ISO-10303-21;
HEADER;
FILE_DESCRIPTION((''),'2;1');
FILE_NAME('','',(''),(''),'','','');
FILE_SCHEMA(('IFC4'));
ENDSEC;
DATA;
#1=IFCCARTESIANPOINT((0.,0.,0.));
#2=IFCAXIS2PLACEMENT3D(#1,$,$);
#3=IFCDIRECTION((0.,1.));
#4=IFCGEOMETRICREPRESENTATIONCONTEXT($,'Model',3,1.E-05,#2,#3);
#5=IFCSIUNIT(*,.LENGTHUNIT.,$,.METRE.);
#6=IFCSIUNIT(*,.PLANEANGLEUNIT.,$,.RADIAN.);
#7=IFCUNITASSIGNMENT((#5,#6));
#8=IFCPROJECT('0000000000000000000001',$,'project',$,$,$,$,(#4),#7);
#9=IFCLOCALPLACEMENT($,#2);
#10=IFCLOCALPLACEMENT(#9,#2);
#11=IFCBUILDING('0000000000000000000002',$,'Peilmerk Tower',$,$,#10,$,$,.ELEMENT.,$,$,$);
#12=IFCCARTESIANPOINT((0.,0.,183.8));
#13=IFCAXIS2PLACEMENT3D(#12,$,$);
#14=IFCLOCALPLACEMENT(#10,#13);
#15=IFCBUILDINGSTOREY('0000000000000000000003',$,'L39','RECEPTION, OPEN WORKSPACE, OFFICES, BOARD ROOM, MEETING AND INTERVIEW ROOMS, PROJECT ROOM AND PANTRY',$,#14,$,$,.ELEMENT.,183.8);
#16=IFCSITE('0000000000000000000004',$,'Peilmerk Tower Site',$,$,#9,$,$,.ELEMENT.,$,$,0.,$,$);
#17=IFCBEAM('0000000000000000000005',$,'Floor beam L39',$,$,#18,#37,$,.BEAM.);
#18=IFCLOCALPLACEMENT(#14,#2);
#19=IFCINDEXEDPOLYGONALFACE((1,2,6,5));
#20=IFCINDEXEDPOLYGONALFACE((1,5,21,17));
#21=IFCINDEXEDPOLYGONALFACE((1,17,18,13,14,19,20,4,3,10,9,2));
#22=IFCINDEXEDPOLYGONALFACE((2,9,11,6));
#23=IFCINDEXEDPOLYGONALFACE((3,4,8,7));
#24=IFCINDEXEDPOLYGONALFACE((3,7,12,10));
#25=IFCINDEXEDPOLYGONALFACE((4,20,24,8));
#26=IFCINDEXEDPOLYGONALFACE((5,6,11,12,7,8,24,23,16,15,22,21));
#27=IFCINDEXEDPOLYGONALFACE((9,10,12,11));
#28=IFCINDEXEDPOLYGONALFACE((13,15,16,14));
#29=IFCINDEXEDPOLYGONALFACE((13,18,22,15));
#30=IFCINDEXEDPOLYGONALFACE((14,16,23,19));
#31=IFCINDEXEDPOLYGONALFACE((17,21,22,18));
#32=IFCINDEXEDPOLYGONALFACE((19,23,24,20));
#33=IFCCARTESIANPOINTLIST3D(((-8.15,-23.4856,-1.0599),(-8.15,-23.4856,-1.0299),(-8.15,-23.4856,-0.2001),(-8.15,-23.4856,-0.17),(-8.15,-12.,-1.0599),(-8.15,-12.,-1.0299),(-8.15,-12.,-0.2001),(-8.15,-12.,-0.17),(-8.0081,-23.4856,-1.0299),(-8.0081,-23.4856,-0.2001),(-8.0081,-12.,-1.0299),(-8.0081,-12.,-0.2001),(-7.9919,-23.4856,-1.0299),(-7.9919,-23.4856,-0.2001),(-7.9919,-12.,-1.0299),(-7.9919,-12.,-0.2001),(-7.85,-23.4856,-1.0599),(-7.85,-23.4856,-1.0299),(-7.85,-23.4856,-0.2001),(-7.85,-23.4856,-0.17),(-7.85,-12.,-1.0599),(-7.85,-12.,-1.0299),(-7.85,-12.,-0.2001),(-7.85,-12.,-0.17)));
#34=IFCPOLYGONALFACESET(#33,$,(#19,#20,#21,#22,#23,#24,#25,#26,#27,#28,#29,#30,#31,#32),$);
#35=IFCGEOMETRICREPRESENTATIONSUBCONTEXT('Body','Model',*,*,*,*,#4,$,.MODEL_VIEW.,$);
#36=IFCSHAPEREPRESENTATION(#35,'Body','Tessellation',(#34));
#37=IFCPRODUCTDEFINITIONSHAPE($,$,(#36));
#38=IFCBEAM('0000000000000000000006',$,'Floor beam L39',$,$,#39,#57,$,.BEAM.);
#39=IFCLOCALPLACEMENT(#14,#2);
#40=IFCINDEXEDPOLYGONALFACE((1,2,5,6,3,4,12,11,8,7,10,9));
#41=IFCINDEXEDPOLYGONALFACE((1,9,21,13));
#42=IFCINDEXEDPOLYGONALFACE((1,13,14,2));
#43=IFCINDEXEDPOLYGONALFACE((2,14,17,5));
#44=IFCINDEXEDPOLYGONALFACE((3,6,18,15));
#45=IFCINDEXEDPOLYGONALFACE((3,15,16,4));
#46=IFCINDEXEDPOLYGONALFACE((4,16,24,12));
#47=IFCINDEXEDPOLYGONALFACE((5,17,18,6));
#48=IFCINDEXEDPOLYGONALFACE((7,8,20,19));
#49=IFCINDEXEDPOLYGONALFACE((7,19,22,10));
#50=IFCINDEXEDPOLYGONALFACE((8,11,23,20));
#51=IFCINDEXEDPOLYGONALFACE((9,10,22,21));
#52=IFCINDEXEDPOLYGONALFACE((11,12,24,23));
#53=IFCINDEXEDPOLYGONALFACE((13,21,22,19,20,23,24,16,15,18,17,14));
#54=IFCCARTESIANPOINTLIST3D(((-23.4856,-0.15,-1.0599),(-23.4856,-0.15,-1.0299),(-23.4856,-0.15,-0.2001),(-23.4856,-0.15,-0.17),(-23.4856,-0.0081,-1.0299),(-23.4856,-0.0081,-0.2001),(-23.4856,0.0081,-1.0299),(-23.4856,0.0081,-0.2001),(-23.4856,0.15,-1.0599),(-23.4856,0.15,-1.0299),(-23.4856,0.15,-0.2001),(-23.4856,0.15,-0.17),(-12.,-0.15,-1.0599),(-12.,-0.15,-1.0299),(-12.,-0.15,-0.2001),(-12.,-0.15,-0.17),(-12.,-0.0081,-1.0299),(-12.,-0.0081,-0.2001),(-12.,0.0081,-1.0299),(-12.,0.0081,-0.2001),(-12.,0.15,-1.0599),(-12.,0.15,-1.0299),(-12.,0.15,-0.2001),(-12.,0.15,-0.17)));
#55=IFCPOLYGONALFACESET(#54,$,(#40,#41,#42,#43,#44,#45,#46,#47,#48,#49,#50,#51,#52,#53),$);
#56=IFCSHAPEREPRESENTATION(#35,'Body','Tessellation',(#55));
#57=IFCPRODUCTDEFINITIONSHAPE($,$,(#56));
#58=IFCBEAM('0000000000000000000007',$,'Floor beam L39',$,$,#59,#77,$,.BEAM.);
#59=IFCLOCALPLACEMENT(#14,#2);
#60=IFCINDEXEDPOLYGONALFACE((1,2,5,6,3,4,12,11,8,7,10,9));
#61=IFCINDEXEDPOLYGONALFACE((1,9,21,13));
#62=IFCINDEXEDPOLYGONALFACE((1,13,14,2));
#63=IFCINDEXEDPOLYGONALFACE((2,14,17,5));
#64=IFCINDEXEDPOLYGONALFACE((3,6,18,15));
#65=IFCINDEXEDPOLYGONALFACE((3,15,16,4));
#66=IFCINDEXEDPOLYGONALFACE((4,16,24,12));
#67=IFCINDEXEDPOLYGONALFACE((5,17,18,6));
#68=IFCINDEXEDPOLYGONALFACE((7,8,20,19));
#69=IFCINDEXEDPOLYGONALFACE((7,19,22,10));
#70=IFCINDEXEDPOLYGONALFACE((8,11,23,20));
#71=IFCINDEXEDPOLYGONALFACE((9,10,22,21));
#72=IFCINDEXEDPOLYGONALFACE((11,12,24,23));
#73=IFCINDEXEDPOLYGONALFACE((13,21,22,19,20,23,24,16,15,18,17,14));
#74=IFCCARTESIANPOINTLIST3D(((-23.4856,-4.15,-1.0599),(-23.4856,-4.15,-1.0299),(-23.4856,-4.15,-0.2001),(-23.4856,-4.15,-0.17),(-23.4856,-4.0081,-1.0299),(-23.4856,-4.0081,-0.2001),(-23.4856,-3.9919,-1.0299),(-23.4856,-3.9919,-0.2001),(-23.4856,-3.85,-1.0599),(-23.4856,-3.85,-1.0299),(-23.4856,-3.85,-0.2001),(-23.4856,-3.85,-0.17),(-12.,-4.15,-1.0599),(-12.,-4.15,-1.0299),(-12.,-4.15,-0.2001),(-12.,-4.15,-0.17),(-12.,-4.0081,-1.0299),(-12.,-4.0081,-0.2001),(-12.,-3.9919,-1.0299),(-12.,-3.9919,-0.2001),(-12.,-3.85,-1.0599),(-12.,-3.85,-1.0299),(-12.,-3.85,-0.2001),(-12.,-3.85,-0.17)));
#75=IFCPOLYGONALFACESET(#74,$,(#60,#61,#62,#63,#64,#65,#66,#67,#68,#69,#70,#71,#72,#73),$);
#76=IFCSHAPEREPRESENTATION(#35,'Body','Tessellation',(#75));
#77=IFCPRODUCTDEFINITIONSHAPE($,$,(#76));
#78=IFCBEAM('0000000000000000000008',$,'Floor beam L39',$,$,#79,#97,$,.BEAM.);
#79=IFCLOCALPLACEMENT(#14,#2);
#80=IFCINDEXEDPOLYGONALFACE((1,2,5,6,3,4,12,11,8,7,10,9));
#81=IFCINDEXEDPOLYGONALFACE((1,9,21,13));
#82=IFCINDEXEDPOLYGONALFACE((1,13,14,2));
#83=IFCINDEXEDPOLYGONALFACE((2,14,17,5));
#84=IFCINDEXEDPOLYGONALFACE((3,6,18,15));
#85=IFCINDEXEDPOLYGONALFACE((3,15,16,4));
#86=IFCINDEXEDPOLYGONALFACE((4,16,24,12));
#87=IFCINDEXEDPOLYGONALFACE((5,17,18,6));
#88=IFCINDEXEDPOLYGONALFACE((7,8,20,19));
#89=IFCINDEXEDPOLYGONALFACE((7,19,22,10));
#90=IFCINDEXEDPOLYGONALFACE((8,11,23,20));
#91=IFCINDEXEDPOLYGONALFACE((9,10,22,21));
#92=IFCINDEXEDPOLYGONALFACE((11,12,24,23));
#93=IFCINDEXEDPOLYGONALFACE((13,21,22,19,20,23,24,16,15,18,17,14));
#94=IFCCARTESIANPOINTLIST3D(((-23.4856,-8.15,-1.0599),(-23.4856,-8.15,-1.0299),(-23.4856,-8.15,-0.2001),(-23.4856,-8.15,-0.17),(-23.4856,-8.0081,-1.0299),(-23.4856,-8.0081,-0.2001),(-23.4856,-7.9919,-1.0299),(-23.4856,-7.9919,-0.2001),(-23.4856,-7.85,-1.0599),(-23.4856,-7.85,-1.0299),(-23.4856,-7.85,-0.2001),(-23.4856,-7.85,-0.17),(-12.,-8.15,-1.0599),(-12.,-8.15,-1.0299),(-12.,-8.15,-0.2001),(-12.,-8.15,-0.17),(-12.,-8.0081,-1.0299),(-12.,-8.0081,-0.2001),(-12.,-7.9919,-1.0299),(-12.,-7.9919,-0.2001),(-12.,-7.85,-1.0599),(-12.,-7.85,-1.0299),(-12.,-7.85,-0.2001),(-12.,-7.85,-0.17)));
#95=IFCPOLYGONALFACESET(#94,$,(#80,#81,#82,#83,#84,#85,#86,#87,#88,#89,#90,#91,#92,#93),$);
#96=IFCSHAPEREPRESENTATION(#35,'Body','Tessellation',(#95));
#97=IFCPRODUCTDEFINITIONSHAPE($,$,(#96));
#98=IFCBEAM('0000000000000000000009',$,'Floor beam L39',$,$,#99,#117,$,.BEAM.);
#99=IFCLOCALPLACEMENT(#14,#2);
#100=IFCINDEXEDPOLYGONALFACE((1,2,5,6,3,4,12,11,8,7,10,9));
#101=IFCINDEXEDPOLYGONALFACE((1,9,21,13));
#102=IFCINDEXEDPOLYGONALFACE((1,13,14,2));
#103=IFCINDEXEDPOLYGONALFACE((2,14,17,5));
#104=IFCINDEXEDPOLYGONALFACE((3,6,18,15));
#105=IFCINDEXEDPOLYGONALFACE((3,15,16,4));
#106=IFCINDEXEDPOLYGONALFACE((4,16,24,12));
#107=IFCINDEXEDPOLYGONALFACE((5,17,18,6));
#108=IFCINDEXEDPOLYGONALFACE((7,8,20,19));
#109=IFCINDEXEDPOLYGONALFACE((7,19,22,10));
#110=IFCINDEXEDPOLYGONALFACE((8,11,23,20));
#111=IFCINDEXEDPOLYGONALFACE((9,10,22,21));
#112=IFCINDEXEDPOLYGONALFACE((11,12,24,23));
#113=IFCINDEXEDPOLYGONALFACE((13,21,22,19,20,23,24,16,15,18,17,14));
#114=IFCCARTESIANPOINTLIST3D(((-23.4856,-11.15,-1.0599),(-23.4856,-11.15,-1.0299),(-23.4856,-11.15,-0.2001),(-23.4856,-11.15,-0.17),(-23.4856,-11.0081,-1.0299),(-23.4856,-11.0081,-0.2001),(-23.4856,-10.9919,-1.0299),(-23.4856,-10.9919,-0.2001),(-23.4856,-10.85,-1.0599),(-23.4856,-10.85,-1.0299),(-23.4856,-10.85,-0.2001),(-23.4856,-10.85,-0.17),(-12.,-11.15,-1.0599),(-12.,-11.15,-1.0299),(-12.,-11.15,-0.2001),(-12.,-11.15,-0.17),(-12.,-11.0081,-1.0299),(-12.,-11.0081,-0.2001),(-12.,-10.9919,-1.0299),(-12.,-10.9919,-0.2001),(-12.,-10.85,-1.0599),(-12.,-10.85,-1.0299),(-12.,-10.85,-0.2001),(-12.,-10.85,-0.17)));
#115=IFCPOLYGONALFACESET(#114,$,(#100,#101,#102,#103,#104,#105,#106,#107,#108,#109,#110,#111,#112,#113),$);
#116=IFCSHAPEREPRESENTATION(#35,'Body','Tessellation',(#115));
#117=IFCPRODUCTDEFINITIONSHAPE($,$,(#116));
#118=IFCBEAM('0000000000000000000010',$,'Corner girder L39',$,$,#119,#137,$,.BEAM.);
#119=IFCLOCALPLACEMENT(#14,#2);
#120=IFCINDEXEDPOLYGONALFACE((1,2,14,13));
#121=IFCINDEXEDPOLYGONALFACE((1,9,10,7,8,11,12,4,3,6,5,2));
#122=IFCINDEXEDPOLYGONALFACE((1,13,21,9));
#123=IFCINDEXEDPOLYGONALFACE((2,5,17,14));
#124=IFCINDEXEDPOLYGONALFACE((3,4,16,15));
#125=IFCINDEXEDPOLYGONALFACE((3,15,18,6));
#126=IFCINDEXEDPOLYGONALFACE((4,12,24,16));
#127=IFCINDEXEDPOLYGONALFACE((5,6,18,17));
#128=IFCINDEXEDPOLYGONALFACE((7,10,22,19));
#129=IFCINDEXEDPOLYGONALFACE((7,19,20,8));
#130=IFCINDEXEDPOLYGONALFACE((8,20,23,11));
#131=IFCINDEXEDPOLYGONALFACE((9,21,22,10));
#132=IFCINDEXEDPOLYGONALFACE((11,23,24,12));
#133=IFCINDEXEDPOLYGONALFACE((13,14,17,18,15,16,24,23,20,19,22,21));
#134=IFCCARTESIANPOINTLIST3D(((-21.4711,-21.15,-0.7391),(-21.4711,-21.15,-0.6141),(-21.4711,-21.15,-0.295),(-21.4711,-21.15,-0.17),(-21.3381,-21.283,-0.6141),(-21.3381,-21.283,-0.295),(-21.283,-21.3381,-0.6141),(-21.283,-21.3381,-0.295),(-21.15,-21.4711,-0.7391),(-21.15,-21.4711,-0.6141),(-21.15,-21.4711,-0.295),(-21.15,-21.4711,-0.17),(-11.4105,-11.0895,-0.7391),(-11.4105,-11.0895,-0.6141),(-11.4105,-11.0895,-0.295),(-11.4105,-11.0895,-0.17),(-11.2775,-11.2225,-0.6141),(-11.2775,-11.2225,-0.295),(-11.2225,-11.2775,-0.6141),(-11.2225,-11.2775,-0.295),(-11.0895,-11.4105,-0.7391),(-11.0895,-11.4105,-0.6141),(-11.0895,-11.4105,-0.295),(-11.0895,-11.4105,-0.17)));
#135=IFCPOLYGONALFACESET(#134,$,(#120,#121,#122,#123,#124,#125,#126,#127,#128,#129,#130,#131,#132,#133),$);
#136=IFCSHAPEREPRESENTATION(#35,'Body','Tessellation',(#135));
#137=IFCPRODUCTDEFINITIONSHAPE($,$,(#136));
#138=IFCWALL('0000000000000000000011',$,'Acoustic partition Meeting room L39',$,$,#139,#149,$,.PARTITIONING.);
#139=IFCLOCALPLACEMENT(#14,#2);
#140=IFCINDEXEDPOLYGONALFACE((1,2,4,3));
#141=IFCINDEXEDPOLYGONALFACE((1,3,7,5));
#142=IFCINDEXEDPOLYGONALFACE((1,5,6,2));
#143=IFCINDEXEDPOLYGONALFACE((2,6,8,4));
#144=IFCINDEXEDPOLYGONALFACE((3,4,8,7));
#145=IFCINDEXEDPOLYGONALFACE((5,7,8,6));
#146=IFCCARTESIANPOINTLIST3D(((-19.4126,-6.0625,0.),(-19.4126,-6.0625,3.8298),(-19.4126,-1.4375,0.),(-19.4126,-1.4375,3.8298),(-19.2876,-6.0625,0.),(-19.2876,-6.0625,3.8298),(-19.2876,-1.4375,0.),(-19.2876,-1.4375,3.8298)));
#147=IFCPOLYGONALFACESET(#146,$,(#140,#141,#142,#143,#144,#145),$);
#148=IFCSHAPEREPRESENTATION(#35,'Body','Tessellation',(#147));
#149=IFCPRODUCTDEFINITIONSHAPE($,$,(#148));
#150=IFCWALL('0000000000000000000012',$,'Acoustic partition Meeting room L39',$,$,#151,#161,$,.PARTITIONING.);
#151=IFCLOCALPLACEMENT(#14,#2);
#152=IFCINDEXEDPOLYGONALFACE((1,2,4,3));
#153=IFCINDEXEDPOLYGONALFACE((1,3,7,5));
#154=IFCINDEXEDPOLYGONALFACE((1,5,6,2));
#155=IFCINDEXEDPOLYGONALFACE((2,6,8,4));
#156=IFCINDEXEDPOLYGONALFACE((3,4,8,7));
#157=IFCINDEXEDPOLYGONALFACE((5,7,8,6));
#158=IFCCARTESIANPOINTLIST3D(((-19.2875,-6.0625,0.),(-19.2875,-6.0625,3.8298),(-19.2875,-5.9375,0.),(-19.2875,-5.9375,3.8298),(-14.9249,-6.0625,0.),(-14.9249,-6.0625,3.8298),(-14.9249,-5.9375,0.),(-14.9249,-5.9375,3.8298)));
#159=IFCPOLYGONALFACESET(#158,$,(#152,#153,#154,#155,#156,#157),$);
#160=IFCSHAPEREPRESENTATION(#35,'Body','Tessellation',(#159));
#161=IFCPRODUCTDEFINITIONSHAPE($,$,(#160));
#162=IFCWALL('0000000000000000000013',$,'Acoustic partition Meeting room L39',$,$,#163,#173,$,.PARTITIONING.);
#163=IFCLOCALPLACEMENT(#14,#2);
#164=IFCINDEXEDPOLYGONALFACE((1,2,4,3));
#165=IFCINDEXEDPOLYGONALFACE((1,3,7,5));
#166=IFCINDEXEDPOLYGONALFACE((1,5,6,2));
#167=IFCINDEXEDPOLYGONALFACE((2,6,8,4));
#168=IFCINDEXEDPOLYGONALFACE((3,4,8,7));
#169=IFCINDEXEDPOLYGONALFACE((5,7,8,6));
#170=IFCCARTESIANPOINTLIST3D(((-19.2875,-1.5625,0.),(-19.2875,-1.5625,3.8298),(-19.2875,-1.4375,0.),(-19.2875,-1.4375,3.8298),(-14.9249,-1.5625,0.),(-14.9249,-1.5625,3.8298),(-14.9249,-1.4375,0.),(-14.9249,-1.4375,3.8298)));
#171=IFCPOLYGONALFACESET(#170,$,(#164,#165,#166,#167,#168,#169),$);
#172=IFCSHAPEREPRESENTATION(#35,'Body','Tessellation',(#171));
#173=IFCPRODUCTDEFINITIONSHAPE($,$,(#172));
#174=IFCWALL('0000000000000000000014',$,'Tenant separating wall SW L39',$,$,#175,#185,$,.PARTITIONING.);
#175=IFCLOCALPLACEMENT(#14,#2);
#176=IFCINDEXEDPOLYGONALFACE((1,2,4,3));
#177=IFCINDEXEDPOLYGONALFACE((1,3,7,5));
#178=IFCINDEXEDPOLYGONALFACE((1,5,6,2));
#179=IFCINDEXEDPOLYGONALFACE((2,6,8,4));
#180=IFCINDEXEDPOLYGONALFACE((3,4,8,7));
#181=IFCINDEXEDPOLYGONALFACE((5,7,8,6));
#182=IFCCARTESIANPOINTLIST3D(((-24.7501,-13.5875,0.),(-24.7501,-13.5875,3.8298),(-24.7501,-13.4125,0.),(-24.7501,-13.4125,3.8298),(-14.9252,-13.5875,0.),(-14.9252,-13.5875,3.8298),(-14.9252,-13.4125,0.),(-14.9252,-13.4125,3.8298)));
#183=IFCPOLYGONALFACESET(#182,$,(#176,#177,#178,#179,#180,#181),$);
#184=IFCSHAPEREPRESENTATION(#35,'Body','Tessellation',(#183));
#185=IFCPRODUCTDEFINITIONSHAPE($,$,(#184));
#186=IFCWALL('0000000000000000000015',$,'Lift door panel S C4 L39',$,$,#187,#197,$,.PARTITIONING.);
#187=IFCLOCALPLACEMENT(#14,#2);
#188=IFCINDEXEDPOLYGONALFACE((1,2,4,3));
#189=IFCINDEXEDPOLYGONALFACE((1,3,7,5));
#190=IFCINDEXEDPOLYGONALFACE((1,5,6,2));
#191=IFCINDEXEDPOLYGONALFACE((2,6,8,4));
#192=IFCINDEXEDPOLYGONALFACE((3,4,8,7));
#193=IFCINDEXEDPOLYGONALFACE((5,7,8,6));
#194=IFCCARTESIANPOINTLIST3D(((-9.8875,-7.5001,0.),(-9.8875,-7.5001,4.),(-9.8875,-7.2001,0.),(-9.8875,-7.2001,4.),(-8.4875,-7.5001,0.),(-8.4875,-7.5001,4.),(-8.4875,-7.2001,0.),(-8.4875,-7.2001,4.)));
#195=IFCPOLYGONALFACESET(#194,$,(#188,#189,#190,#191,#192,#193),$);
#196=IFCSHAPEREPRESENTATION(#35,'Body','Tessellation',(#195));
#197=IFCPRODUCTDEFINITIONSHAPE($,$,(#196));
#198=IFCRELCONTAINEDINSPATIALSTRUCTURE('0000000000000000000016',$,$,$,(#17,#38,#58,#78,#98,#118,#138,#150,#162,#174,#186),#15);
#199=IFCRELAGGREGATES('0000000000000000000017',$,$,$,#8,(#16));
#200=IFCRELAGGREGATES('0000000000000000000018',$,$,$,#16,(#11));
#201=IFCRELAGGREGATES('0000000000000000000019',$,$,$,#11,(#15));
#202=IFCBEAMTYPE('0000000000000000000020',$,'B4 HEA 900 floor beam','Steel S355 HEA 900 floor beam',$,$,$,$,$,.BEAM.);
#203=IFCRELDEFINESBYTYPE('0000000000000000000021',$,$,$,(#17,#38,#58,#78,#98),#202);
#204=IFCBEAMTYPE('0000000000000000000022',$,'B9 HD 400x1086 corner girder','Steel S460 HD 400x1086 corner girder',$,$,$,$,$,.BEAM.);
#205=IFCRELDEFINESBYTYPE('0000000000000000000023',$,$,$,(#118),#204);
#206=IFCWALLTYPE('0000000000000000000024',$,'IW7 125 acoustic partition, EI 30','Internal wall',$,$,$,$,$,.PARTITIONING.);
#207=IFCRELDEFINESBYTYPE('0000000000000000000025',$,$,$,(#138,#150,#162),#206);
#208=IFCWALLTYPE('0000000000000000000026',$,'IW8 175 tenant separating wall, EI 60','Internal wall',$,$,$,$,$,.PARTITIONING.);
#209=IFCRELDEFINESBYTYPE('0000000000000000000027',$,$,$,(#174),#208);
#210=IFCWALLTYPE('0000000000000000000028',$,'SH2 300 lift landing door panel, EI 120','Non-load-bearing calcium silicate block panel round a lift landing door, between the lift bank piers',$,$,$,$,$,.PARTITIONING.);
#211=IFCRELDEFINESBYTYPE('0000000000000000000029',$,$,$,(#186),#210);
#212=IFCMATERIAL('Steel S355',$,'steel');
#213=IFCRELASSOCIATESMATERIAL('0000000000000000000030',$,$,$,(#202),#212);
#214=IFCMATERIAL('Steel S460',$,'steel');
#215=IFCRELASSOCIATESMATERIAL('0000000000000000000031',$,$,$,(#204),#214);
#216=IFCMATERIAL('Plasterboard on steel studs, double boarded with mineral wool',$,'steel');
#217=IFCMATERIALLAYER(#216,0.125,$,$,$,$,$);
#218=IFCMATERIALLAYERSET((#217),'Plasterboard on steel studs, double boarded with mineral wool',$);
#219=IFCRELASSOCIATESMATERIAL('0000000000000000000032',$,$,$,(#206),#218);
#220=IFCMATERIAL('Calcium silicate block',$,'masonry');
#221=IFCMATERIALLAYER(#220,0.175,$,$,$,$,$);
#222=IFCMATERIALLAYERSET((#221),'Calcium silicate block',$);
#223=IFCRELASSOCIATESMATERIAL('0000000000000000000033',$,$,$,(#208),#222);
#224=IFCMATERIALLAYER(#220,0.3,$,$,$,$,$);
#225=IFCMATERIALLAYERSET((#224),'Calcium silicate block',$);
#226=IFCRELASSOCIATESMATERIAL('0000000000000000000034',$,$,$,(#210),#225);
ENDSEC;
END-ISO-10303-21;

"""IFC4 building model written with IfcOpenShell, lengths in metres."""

from ifc_helpers import new_model, si_unit, direction, frame, frame_2d, origin, origin_2d, place, context, subcontext, project, spatial, rectangle, i_section, extrude, material, layer, layer_set, material_profile, profile_set, type_object, element, save


model = new_model("IFC4")

# Units and contexts
model_context = context("Model", 3, precision=1e-05, world=origin(), true_north=direction((0.0, 1.0)))
body_context = subcontext(model_context, "Body", "Model", "MODEL_VIEW")
ifc_project = project(units=[si_unit("LENGTHUNIT", "METRE"), si_unit("PLANEANGLEUNIT", "RADIAN")], contexts=[model_context])

# Site, building, storey
site_placement = place(None, origin())
site = spatial("IfcSite", under=ifc_project, at=site_placement, Name="Peilmerk Tower Site", CompositionType="ELEMENT", RefElevation=0.0)
building_placement = place(site_placement, origin())
building = spatial("IfcBuilding", under=site, at=building_placement, Name="Peilmerk Tower", CompositionType="ELEMENT")
storey_placement = place(building_placement, frame((0.0, 0.0, 183.8)))
storey = spatial("IfcBuildingStorey", under=building, at=storey_placement, Name="L39", Description="RECEPTION, OPEN WORKSPACE, OFFICES, BOARD ROOM, MEETING AND INTERVIEW ROOMS, PROJECT ROOM AND PANTRY", CompositionType="ELEMENT", Elevation=183.8)

# Shared definitions
ifc_material_1 = material(Name="Steel S460", Category="steel")

# Beams
ifc_material_2 = material(Name="Steel S355", Category="steel")
ifc_material_profile_1 = material_profile(ifc_material_2, i_section(OverallWidth=0.3, OverallDepth=0.8899, WebThickness=0.0161, FlangeThickness=0.03, at=origin_2d()), Name="HEA 900")
ifc_profile_set_1 = profile_set([ifc_material_profile_1], Name="Steel S355")
beam_type_1 = type_object("IfcBeamType", Name="B4 HEA 900 floor beam", Description="Steel S355 HEA 900 floor beam", PredefinedType="BEAM", material=ifc_profile_set_1)
for number, where, z_axis, x_axis, name in (
    (1, (-8.0, -12.0, -0.615), (0.0, -1.0, 0.0), (1.0, 0.0, 0.0), "Floor beam L39"),
    (2, (-12.0, 0.0, -0.615), (-1.0, 0.0, 0.0), (0.0, -1.0, 0.0), "Floor beam L39"),
    (3, (-12.0, -4.0, -0.615), (-1.0, 0.0, 0.0), (0.0, -1.0, 0.0), "Floor beam L39"),
    (4, (-12.0, -8.0, -0.615), (-1.0, 0.0, 0.0), (0.0, -1.0, 0.0), "Floor beam L39"),
    (5, (-12.0, -11.0, -0.615), (-1.0, 0.0, 0.0), (0.0, -1.0, 0.0), "Floor beam L39"),
):
    element("IfcBeam", number, at=place(storey_placement, frame(where, z_axis=z_axis, x_axis=x_axis)), inside=storey, type_object=beam_type_1, Name=name, PredefinedType="BEAM", context=body_context, shape_type="SweptSolid", body=[
        extrude(i_section(OverallWidth=0.3, OverallDepth=0.8899, WebThickness=0.0161, FlangeThickness=0.03, at=origin_2d()), origin(), (0.0, 0.0, 1.0), 11.4856),
    ])
ifc_material_profile_2 = material_profile(ifc_material_1, i_section(OverallWidth=0.4541, OverallDepth=0.5691, WebThickness=0.0779, FlangeThickness=0.125, at=origin_2d()), Name="HD 400x1086")
ifc_profile_set_2 = profile_set([ifc_material_profile_2], Name="Steel S460")
beam_type_2 = type_object("IfcBeamType", Name="B9 HD 400x1086 corner girder", Description="Steel S460 HD 400x1086 corner girder", PredefinedType="BEAM", material=ifc_profile_set_2)
beam_1_placement = place(storey_placement, frame((-11.25, -11.25, -0.4546), z_axis=(-0.707107, -0.707107, 0.0), x_axis=(0.707107, -0.707107, 0.0)))
element("IfcBeam", 6, at=beam_1_placement, inside=storey, type_object=beam_type_2, Name="Corner girder L39", PredefinedType="BEAM", context=body_context, shape_type="SweptSolid", body=[
    extrude(i_section(OverallWidth=0.4541, OverallDepth=0.5691, WebThickness=0.0779, FlangeThickness=0.125, at=origin_2d()), origin(), (0.0, 0.0, 1.0), 14.2278),
])

# Walls
ifc_material_3 = material(Name="Plasterboard on steel studs, double boarded with mineral wool", Category="steel")
ifc_layer_1 = layer(ifc_material_3, 0.125)
ifc_layer_set_1 = layer_set([ifc_layer_1], Name="Plasterboard on steel studs, double boarded with mineral wool")
wall_type_1 = type_object("IfcWallType", Name="IW7 125 acoustic partition, EI 30", Description="Internal wall", PredefinedType="PARTITIONING", material=ifc_layer_set_1)
wall_1_placement = place(storey_placement, frame((-19.3501, -6.0625, 0.0), z_axis=(0.0, 0.0, 1.0), x_axis=(0.0, 1.0, 0.0)))
element("IfcWall", 7, at=wall_1_placement, inside=storey, type_object=wall_type_1, Name="Acoustic partition Meeting room L39", PredefinedType="PARTITIONING", context=body_context, shape_type="SweptSolid", body=[
    extrude(rectangle(XDim=4.625, YDim=0.125, at=frame_2d((2.3125, 0.0))), origin(), (0.0, 0.0, 1.0), 3.8298),
])
for number, where, z_axis, x_axis, name in (
    (8, (-14.925, -6.0, 0.0), (0.0, 0.0, 1.0), (-1.0, 0.0, 0.0), "Acoustic partition Meeting room L39"),
    (9, (-14.925, -1.5, 0.0), (0.0, 0.0, 1.0), (-1.0, 0.0, 0.0), "Acoustic partition Meeting room L39"),
):
    element("IfcWall", number, at=place(storey_placement, frame(where, z_axis=z_axis, x_axis=x_axis)), inside=storey, type_object=wall_type_1, Name=name, PredefinedType="PARTITIONING", context=body_context, shape_type="SweptSolid", body=[
        extrude(rectangle(XDim=4.3625, YDim=0.125, at=frame_2d((2.1812, 0.0))), origin(), (0.0, 0.0, 1.0), 3.8298),
    ])
ifc_material_4 = material(Name="Calcium silicate block", Category="masonry")
ifc_layer_2 = layer(ifc_material_4, 0.175)
ifc_layer_set_2 = layer_set([ifc_layer_2], Name="Calcium silicate block")
wall_type_2 = type_object("IfcWallType", Name="IW8 175 tenant separating wall, EI 60", Description="Internal wall", PredefinedType="PARTITIONING", material=ifc_layer_set_2)
wall_2_placement = place(storey_placement, frame((-14.925, -13.5, 0.0), z_axis=(0.0, 0.0, 1.0), x_axis=(-1.0, 0.0, 0.0)))
element("IfcWall", 10, at=wall_2_placement, inside=storey, type_object=wall_type_2, Name="Tenant separating wall SW L39", PredefinedType="PARTITIONING", context=body_context, shape_type="SweptSolid", body=[
    extrude(rectangle(XDim=9.825, YDim=0.175, at=frame_2d((4.9126, 0.0))), origin(), (0.0, 0.0, 1.0), 3.8298),
])
ifc_layer_3 = layer(ifc_material_4, 0.3)
ifc_layer_set_3 = layer_set([ifc_layer_3], Name="Calcium silicate block")
wall_type_3 = type_object("IfcWallType", Name="SH2 300 lift landing door panel, EI 120", Description="Non-load-bearing calcium silicate block panel round a lift landing door, between the lift bank piers", PredefinedType="PARTITIONING", material=ifc_layer_set_3)
wall_3_placement = place(storey_placement, frame((-9.8875, -7.3501, 0.0), z_axis=(0.0, 0.0, 1.0), x_axis=(1.0, 0.0, 0.0)))
element("IfcWall", 11, at=wall_3_placement, inside=storey, type_object=wall_type_3, Name="Lift door panel S C4 L39", PredefinedType="PARTITIONING", context=body_context, shape_type="SweptSolid", body=[
    extrude(rectangle(XDim=1.3999, YDim=0.3, at=frame_2d((0.7, 0.0))), origin(), (0.0, 0.0, 1.0), 4.0),
])

save(model, "model.ifc")
